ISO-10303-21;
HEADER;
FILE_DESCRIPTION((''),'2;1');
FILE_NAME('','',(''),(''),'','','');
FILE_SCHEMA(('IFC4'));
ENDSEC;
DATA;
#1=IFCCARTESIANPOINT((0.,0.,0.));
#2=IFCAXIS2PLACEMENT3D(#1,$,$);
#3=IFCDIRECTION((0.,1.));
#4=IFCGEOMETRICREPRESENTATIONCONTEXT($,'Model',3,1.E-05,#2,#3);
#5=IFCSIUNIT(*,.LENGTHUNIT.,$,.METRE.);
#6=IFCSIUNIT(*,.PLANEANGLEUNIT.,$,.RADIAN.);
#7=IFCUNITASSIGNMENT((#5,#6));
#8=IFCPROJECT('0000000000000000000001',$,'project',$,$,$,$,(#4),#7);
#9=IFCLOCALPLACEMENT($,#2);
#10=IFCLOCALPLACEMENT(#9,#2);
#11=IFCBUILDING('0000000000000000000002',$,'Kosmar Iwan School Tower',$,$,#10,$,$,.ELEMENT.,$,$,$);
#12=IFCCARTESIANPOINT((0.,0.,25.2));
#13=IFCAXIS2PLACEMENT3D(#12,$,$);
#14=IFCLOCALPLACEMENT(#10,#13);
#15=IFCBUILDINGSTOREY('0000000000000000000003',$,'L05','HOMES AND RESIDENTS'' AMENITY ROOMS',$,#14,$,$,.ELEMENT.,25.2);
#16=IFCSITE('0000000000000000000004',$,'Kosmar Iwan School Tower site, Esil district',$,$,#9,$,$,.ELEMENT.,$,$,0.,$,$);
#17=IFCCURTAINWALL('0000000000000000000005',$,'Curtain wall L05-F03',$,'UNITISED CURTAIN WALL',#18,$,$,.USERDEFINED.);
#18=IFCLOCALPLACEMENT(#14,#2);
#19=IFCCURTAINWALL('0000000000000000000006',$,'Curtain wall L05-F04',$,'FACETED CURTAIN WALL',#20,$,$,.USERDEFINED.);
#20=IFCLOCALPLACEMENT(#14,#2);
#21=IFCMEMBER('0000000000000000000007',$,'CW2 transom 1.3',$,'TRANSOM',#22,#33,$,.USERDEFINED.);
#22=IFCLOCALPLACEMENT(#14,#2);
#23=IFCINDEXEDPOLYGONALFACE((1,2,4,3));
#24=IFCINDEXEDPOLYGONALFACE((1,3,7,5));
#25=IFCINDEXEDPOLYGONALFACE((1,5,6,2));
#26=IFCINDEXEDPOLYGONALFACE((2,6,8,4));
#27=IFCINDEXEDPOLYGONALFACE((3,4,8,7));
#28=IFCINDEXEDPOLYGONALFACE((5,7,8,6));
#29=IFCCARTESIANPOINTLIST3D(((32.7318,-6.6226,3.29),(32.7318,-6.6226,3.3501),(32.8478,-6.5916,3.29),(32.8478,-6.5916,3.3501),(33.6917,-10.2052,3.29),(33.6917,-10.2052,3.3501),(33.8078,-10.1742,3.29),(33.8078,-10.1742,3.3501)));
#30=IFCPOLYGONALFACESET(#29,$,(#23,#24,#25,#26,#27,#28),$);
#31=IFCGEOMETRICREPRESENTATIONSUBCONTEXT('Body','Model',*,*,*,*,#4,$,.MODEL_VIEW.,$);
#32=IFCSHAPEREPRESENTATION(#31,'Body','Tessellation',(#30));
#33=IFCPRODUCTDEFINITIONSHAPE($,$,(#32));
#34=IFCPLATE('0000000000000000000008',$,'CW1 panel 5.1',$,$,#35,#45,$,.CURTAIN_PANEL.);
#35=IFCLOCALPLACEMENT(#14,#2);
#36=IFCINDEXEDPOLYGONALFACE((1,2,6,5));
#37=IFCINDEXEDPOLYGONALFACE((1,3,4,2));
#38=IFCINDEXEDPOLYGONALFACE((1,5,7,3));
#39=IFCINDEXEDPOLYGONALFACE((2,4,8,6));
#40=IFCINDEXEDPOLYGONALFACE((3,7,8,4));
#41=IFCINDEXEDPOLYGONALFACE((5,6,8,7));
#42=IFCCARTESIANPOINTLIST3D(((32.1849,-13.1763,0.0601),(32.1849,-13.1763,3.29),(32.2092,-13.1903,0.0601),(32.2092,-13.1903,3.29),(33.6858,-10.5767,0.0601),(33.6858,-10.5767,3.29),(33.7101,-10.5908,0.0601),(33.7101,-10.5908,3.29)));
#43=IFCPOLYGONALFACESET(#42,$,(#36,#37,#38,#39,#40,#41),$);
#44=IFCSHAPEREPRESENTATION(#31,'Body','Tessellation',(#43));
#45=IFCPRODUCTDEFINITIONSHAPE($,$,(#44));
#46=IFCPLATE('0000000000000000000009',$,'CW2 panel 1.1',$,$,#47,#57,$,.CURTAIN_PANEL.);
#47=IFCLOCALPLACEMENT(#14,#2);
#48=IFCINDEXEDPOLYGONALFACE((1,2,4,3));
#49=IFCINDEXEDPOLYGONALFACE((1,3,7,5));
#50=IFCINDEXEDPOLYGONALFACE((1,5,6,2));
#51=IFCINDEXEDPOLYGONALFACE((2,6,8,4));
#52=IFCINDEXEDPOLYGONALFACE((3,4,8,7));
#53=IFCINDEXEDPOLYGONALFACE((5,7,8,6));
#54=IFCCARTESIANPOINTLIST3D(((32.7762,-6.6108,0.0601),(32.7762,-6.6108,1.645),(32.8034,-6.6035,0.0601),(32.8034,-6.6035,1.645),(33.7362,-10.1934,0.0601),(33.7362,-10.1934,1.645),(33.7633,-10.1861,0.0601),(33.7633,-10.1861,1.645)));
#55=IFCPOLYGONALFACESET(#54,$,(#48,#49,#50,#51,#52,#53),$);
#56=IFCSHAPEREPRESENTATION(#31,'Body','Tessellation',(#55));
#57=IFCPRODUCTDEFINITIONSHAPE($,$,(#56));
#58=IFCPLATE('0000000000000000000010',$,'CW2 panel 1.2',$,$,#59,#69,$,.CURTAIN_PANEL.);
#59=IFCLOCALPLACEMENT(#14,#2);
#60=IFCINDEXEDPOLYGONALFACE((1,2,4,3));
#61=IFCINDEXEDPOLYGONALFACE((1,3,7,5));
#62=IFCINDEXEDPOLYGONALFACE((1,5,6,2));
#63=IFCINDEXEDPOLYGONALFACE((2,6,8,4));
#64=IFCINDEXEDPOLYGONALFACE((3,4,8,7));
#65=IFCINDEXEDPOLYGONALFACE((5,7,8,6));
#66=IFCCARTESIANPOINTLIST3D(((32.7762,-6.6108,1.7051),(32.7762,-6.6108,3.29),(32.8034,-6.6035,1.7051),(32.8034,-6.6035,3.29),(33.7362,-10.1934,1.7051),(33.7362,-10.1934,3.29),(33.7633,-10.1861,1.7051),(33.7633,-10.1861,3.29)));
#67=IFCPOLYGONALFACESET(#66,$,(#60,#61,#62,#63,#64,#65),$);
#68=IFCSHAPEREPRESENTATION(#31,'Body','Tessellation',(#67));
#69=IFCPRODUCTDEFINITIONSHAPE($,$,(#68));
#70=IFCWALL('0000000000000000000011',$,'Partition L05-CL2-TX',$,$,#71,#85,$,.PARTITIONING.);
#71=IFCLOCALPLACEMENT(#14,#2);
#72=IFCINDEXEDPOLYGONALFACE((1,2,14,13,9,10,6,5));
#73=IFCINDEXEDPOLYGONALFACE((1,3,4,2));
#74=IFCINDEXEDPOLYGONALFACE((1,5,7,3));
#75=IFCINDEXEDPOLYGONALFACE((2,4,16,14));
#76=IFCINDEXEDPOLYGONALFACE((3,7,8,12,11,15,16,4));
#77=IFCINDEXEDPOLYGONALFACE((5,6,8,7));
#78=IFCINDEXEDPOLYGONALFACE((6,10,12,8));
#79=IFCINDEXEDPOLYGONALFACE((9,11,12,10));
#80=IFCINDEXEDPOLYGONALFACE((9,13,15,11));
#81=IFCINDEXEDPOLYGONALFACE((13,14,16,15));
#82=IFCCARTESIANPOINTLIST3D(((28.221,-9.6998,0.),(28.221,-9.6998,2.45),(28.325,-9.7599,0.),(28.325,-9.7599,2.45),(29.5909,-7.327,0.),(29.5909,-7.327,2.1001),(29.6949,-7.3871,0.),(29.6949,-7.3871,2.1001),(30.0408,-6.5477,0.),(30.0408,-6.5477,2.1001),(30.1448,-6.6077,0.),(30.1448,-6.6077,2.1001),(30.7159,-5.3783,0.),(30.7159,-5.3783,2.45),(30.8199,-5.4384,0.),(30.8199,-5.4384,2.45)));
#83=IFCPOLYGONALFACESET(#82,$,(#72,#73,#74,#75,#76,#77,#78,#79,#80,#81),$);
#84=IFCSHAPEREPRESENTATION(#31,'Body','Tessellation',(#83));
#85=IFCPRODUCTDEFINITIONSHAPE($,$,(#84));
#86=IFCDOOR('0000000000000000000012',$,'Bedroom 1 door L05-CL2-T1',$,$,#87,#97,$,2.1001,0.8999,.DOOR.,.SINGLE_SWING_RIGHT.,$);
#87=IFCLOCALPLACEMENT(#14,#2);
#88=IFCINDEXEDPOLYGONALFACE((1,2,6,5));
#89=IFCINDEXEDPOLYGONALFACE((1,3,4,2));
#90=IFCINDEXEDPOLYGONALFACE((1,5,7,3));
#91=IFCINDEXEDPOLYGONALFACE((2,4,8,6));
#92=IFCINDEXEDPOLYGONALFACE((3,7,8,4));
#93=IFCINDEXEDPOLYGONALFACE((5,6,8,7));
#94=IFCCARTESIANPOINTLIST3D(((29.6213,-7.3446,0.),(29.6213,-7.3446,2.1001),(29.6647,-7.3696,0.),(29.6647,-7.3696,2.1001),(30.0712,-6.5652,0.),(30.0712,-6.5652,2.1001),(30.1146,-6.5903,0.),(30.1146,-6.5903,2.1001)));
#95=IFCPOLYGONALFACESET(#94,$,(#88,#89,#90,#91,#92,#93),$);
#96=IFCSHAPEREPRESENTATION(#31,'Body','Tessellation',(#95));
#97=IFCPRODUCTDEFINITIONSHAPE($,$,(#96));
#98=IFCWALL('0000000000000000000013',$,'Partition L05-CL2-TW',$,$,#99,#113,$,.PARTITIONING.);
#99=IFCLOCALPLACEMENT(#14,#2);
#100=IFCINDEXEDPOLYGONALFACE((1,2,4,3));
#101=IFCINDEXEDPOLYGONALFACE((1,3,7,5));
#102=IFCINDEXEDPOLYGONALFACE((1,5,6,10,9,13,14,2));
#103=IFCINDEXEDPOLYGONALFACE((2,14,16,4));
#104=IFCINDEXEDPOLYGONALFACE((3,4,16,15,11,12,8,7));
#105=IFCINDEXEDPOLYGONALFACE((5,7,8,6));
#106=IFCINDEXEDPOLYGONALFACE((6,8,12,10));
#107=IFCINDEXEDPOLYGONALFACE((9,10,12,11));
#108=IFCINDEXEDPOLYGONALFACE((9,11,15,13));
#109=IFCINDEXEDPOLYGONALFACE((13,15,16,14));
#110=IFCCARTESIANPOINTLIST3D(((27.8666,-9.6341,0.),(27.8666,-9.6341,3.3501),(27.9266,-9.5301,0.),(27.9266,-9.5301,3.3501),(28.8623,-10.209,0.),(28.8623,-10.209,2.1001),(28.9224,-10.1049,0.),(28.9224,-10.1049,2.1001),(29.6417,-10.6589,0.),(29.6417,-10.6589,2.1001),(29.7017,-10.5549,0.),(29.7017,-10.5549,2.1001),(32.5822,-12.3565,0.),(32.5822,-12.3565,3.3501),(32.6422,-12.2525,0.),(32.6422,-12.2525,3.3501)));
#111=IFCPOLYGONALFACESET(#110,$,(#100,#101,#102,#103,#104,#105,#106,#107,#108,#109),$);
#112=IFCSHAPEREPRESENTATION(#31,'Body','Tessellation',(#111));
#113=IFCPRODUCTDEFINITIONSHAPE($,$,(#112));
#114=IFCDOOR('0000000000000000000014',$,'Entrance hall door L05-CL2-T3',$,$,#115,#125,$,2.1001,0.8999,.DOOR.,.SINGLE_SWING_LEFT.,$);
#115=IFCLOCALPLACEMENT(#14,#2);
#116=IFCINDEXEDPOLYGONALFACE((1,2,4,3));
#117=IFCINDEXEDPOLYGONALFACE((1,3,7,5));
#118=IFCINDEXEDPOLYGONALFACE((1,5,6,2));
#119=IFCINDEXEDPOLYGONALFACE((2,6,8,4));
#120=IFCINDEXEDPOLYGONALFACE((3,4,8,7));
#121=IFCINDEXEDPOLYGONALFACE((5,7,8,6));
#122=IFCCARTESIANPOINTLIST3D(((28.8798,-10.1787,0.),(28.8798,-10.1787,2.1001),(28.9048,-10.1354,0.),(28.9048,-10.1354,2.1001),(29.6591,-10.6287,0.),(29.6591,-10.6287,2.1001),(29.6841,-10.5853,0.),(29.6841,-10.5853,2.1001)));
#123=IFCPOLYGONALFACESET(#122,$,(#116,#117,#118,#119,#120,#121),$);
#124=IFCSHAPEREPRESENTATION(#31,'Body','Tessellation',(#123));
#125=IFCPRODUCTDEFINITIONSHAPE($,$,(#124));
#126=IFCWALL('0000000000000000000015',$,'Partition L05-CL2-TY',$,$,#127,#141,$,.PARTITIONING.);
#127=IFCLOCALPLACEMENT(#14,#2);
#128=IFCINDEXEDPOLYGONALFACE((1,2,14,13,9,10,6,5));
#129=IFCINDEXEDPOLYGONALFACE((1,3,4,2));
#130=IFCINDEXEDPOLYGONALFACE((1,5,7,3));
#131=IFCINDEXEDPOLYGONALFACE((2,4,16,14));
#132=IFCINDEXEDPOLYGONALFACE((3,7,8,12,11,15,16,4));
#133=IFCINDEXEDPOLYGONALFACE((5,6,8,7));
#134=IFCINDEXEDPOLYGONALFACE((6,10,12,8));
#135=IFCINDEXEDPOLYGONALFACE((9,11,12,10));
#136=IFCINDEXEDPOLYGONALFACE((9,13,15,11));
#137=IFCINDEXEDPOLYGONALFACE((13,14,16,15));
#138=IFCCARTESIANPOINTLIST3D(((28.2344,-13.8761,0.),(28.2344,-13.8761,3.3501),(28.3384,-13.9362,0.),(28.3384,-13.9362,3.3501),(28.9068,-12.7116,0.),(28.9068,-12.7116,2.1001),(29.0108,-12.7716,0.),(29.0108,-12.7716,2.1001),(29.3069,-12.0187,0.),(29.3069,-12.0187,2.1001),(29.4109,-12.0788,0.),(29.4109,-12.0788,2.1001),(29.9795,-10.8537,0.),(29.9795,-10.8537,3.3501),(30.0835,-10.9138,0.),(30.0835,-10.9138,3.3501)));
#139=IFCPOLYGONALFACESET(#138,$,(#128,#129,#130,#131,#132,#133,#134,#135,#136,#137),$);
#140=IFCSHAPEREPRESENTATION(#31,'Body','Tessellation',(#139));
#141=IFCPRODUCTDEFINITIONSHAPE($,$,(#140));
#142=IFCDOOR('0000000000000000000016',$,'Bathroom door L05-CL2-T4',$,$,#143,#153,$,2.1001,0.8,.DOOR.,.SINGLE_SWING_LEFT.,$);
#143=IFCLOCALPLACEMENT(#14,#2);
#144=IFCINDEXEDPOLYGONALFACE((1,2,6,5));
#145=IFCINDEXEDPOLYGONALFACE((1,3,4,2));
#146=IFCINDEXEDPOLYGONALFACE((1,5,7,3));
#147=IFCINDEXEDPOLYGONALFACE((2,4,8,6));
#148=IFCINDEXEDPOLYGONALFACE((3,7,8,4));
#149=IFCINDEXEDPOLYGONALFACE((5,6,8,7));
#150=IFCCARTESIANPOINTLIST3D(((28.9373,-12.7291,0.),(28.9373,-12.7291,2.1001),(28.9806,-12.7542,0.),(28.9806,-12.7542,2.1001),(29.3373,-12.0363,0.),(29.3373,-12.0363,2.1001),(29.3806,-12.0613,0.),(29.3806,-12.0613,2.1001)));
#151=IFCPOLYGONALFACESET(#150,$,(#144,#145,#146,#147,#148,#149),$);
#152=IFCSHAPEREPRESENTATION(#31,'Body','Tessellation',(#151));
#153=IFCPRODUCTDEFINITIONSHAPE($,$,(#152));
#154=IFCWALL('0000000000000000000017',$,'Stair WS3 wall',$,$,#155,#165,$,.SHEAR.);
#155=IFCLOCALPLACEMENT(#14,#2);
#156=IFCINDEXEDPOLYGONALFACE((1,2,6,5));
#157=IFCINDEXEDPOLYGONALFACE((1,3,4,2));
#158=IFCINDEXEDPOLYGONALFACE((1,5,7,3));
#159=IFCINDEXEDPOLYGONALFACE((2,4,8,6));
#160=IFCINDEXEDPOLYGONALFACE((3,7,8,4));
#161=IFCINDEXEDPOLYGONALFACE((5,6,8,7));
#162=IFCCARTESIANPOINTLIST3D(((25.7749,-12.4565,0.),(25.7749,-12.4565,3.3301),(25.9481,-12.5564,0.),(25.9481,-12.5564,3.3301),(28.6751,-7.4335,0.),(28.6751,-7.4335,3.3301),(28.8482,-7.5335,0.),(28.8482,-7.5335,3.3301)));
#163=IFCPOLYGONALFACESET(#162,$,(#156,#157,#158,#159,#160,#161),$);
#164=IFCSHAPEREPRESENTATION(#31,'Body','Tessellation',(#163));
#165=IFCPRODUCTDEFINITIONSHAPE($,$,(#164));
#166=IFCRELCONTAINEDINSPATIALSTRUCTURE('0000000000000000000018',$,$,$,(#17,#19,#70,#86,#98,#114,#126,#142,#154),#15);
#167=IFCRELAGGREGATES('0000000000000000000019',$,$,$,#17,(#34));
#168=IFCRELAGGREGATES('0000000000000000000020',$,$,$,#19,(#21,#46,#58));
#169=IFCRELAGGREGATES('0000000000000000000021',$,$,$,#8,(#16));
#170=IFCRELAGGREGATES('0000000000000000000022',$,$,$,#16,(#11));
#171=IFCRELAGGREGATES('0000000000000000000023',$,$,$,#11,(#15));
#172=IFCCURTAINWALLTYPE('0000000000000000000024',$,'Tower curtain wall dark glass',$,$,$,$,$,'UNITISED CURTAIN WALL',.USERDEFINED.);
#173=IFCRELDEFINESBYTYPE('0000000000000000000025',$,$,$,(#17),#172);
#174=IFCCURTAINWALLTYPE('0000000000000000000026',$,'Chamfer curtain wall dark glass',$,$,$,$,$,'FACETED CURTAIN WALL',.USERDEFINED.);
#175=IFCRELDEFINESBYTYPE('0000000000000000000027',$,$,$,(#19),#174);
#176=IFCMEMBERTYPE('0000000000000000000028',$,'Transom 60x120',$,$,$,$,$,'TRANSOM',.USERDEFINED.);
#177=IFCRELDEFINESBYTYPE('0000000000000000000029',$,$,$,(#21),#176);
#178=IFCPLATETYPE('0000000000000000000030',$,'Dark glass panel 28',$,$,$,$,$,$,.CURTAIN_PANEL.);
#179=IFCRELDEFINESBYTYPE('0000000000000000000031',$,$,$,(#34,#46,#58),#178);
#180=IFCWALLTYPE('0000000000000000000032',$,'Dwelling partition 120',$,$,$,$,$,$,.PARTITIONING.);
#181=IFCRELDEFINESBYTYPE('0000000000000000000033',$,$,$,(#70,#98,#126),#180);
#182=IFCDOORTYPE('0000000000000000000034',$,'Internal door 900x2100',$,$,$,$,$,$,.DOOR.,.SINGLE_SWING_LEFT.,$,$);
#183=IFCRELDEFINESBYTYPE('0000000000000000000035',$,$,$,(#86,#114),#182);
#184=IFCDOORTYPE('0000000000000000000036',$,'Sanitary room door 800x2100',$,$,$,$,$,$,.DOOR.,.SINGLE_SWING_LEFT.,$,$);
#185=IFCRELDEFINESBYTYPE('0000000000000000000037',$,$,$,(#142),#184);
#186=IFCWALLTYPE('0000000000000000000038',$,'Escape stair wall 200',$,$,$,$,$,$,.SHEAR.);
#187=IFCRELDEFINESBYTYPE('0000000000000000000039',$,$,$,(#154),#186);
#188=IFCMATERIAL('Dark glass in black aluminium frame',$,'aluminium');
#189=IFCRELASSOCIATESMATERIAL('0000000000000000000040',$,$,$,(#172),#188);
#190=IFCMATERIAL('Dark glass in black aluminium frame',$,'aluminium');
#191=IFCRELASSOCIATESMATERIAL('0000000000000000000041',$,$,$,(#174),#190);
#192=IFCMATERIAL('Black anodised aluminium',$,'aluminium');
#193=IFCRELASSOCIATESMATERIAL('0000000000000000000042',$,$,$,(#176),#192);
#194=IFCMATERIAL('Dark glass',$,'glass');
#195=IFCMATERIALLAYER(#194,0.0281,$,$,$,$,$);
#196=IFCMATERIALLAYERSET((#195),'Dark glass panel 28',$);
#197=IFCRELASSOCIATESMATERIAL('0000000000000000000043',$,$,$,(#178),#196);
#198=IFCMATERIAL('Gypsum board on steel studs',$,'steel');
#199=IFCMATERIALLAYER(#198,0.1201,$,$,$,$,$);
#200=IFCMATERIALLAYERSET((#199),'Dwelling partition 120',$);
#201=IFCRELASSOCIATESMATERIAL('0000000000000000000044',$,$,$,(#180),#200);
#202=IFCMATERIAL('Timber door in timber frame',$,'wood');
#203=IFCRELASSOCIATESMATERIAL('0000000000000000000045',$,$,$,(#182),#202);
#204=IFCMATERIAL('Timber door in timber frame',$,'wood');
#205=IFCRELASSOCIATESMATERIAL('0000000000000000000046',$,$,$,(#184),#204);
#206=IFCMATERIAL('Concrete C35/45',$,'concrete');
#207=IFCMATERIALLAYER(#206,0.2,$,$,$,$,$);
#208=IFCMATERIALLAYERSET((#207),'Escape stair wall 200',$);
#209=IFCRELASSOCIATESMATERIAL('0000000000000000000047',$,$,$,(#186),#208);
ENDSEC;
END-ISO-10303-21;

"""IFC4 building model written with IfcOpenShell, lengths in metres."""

from ifc_helpers import new_model, si_unit, direction, frame, frame_2d, origin, origin_2d, place, context, subcontext, project, spatial, rectangle, extrude, material, layer, layer_set, material_profile, profile_set, type_object, element, fill, aggregate, save


model = new_model("IFC4")

# Units and contexts
model_context = context("Model", 3, precision=1e-05, world=origin(), true_north=direction((0.0, 1.0)))
body_context = subcontext(model_context, "Body", "Model", "MODEL_VIEW")
ifc_project = project(units=[si_unit("LENGTHUNIT", "METRE"), si_unit("PLANEANGLEUNIT", "RADIAN")], contexts=[model_context])

# Site, building, storey
site_placement = place(None, origin())
site = spatial("IfcSite", under=ifc_project, at=site_placement, Name="Kosmar Iwan School Tower site, Esil district", CompositionType="ELEMENT", RefElevation=0.0)
building_placement = place(site_placement, origin())
building = spatial("IfcBuilding", under=site, at=building_placement, Name="Kosmar Iwan School Tower", CompositionType="ELEMENT")
storey_placement = place(building_placement, frame((0.0, 0.0, 25.2)))
storey = spatial("IfcBuildingStorey", under=building, at=storey_placement, Name="L05", Description="HOMES AND RESIDENTS' AMENITY ROOMS", CompositionType="ELEMENT", Elevation=25.2)

# Curtain walls
ifc_material_1 = material(Name="Dark glass in black aluminium frame", Category="aluminium")
curtain_wall_type_1 = type_object("IfcCurtainWallType", Name="Tower curtain wall dark glass", ElementType="UNITISED CURTAIN WALL", PredefinedType="USERDEFINED", material=ifc_material_1)
curtain_wall_1_placement = place(storey_placement, origin())
curtain_wall_1 = element("IfcCurtainWall", 1, at=curtain_wall_1_placement, inside=storey, type_object=curtain_wall_type_1, Name="Curtain wall L05-F03", ObjectType="UNITISED CURTAIN WALL", PredefinedType="USERDEFINED")
ifc_material_2 = material(Name="Dark glass in black aluminium frame", Category="aluminium")
curtain_wall_type_2 = type_object("IfcCurtainWallType", Name="Chamfer curtain wall dark glass", ElementType="FACETED CURTAIN WALL", PredefinedType="USERDEFINED", material=ifc_material_2)
curtain_wall_2_placement = place(storey_placement, origin())
curtain_wall_2 = element("IfcCurtainWall", 2, at=curtain_wall_2_placement, inside=storey, type_object=curtain_wall_type_2, Name="Curtain wall L05-F04", ObjectType="FACETED CURTAIN WALL", PredefinedType="USERDEFINED")

# Member
ifc_material_3 = material(Name="Black anodised aluminium", Category="aluminium")
ifc_material_profile_1 = material_profile(ifc_material_3, rectangle(XDim=0.1201, YDim=0.0601, at=origin_2d()), Name="TRANSOM 60x120")
ifc_profile_set_1 = profile_set([ifc_material_profile_1], Name="Black anodised aluminium")
member_type_1 = type_object("IfcMemberType", Name="Transom 60x120", ElementType="TRANSOM", PredefinedType="USERDEFINED", material=ifc_profile_set_1)
member_1_placement = place(storey_placement, frame((33.7498, -10.1897, 3.3201), z_axis=(-0.258826, 0.965924, 0.0), x_axis=(-0.965924, -0.258826, 0.0)))
member_1 = element("IfcMember", 3, at=member_1_placement, type_object=member_type_1, Name="CW2 transom 1.3", ObjectType="TRANSOM", PredefinedType="USERDEFINED", context=body_context, shape_type="SweptSolid", body=[
    extrude(rectangle(XDim=0.1201, YDim=0.0601, at=origin_2d()), origin(), (0.0, 0.0, 1.0), 3.709),
])

# Plates
ifc_material_4 = material(Name="Dark glass", Category="glass")
ifc_layer_1 = layer(ifc_material_4, 0.0281)
ifc_layer_set_1 = layer_set([ifc_layer_1], Name="Dark glass panel 28")
plate_type = type_object("IfcPlateType", Name="Dark glass panel 28", PredefinedType="CURTAIN_PANEL", material=ifc_layer_set_1)
plate_1_placement = place(storey_placement, frame((32.9475, -11.8835, 0.0601), z_axis=(0.0, 0.0, 1.0), x_axis=(0.5, 0.866025, 0.0)))
plate_1 = element("IfcPlate", 4, at=plate_1_placement, type_object=plate_type, Name="CW1 panel 5.1", PredefinedType="CURTAIN_PANEL", context=body_context, shape_type="SweptSolid", body=[
    extrude(rectangle(XDim=3.0017, YDim=0.0281, at=origin_2d()), origin(), (0.0, 0.0, 1.0), 3.23),
])
aggregate(curtain_wall_1, [plate_1])
plate_2_placement = place(storey_placement, frame((33.2698, -8.3984, 0.0601), z_axis=(0.0, 0.0, 1.0), x_axis=(-0.258819, 0.965926, 0.0)))
plate_2 = element("IfcPlate", 5, at=plate_2_placement, type_object=plate_type, Name="CW2 panel 1.1", PredefinedType="CURTAIN_PANEL", context=body_context, shape_type="SweptSolid", body=[
    extrude(rectangle(XDim=3.709, YDim=0.0281, at=origin_2d()), origin(), (0.0, 0.0, 1.0), 1.585),
])
plate_3_placement = place(storey_placement, frame((33.2698, -8.3984, 1.7051), z_axis=(0.0, 0.0, 1.0), x_axis=(-0.258819, 0.965926, 0.0)))
plate_3 = element("IfcPlate", 6, at=plate_3_placement, type_object=plate_type, Name="CW2 panel 1.2", PredefinedType="CURTAIN_PANEL", context=body_context, shape_type="SweptSolid", body=[
    extrude(rectangle(XDim=3.709, YDim=0.0281, at=origin_2d()), origin(), (0.0, 0.0, 1.0), 1.585),
])
aggregate(curtain_wall_2, [member_1, plate_2, plate_3])

# Walls, openings, doors
ifc_material_5 = material(Name="Gypsum board on steel studs", Category="steel")
ifc_layer_2 = layer(ifc_material_5, 0.1201)
ifc_layer_set_2 = layer_set([ifc_layer_2], Name="Dwelling partition 120")
wall_type_1 = type_object("IfcWallType", Name="Dwelling partition 120", PredefinedType="PARTITIONING", material=ifc_layer_set_2)
wall_1_placement = place(storey_placement, frame((28.2729, -9.73, 0.0), z_axis=(0.0, 0.0, 1.0), x_axis=(0.499975, 0.86604, 0.0)))
wall_1 = element("IfcWall", 7, at=wall_1_placement, inside=storey, type_object=wall_type_1, Name="Partition L05-CL2-TX", PredefinedType="PARTITIONING", context=body_context, shape_type="SweptSolid", body=[
    extrude(rectangle(XDim=4.99, YDim=0.1201, at=frame_2d((2.4951, 0.0))), origin(), (0.0, 0.0, 1.0), 2.45),
])
opening_1_placement = place(wall_1_placement, frame((2.74, 0.0, 0.0)))
opening_1 = element("IfcOpeningElement", 8, at=opening_1_placement, cuts=wall_1, PredefinedType="OPENING", context=body_context, shape_type="SweptSolid", body=[
    extrude(rectangle(XDim=0.8999, YDim=2.1001, at=frame_2d((0.45, 1.05))), frame((0.0, 0.072, 0.0), z_axis=(0.0, -1.0, 0.0), x_axis=(1.0, 0.0, 0.0)), (0.0, 0.0, 1.0), 0.144),
])
ifc_material_6 = material(Name="Timber door in timber frame", Category="wood")
door_type_1 = type_object("IfcDoorType", Name="Internal door 900x2100", OperationType="SINGLE_SWING_LEFT", PredefinedType="DOOR", material=ifc_material_6)
door_1_placement = place(opening_1_placement, origin())
door_1 = element("IfcDoor", 9, at=door_1_placement, inside=storey, type_object=door_type_1, Name="Bedroom 1 door L05-CL2-T1", OperationType="SINGLE_SWING_RIGHT", OverallHeight=2.1001, OverallWidth=0.8999, PredefinedType="DOOR", context=body_context, shape_type="SweptSolid", body=[
    extrude(rectangle(XDim=0.8999, YDim=2.1001, at=frame_2d((0.45, 1.05))), frame((0.0, 0.0249, 0.0), z_axis=(0.0, -1.0, 0.0), x_axis=(1.0, 0.0, 0.0)), (0.0, 0.0, 1.0), 0.05),
])
fill(opening_1, door_1)
wall_2_placement = place(storey_placement, frame((27.8965, -9.582, 0.0), z_axis=(0.0, 0.0, 1.0), x_axis=(0.866036, -0.499982, 0.0)))
wall_2 = element("IfcWall", 10, at=wall_2_placement, inside=storey, type_object=wall_type_1, Name="Partition L05-CL2-TW", PredefinedType="PARTITIONING", context=body_context, shape_type="SweptSolid", body=[
    extrude(rectangle(XDim=5.4451, YDim=0.1201, at=frame_2d((2.7227, 0.0))), origin(), (0.0, 0.0, 1.0), 3.3501),
])
opening_2_placement = place(wall_2_placement, frame((1.1499, 0.0, 0.0)))
opening_2 = element("IfcOpeningElement", 11, at=opening_2_placement, cuts=wall_2, PredefinedType="OPENING", context=body_context, shape_type="SweptSolid", body=[
    extrude(rectangle(XDim=0.8999, YDim=2.1001, at=frame_2d((0.45, 1.05))), frame((0.0, 0.072, 0.0), z_axis=(0.0, -1.0, 0.0), x_axis=(1.0, 0.0, 0.0)), (0.0, 0.0, 1.0), 0.144),
])
door_2_placement = place(opening_2_placement, origin())
door_2 = element("IfcDoor", 12, at=door_2_placement, inside=storey, type_object=door_type_1, Name="Entrance hall door L05-CL2-T3", OperationType="SINGLE_SWING_LEFT", OverallHeight=2.1001, OverallWidth=0.8999, PredefinedType="DOOR", context=body_context, shape_type="SweptSolid", body=[
    extrude(rectangle(XDim=0.8999, YDim=2.1001, at=frame_2d((0.45, 1.05))), frame((0.0, 0.0249, 0.0), z_axis=(0.0, -1.0, 0.0), x_axis=(1.0, 0.0, 0.0)), (0.0, 0.0, 1.0), 0.05),
])
fill(opening_2, door_2)
wall_3_placement = place(storey_placement, frame((28.2864, -13.9062, 0.0), z_axis=(0.0, 0.0, 1.0), x_axis=(0.500021, 0.866013, 0.0)))
wall_3 = element("IfcWall", 13, at=wall_3_placement, inside=storey, type_object=wall_type_1, Name="Partition L05-CL2-TY", PredefinedType="PARTITIONING", context=body_context, shape_type="SweptSolid", body=[
    extrude(rectangle(XDim=3.49, YDim=0.1201, at=frame_2d((1.7451, 0.0))), origin(), (0.0, 0.0, 1.0), 3.3501),
])
opening_3_placement = place(wall_3_placement, frame((1.345, 0.0, 0.0)))
opening_3 = element("IfcOpeningElement", 14, at=opening_3_placement, cuts=wall_3, PredefinedType="OPENING", context=body_context, shape_type="SweptSolid", body=[
    extrude(rectangle(XDim=0.8, YDim=2.1001, at=frame_2d((0.3999, 1.05))), frame((0.0, 0.072, 0.0), z_axis=(0.0, -1.0, 0.0), x_axis=(1.0, 0.0, 0.0)), (0.0, 0.0, 1.0), 0.144),
])
ifc_material_7 = material(Name="Timber door in timber frame", Category="wood")
door_type_2 = type_object("IfcDoorType", Name="Sanitary room door 800x2100", OperationType="SINGLE_SWING_LEFT", PredefinedType="DOOR", material=ifc_material_7)
door_3_placement = place(opening_3_placement, origin())
door_3 = element("IfcDoor", 15, at=door_3_placement, inside=storey, type_object=door_type_2, Name="Bathroom door L05-CL2-T4", OperationType="SINGLE_SWING_LEFT", OverallHeight=2.1001, OverallWidth=0.8, PredefinedType="DOOR", context=body_context, shape_type="SweptSolid", body=[
    extrude(rectangle(XDim=0.8, YDim=2.1001, at=frame_2d((0.3999, 1.05))), frame((0.0, 0.0249, 0.0), z_axis=(0.0, -1.0, 0.0), x_axis=(1.0, 0.0, 0.0)), (0.0, 0.0, 1.0), 0.05),
])
fill(opening_3, door_3)

# Wall
ifc_material_8 = material(Name="Concrete C35/45", Category="concrete")
ifc_layer_3 = layer(ifc_material_8, 0.2)
ifc_layer_set_3 = layer_set([ifc_layer_3], Name="Escape stair wall 200")
wall_type_2 = type_object("IfcWallType", Name="Escape stair wall 200", PredefinedType="SHEAR", material=ifc_layer_set_3)
wall_4_placement = place(storey_placement, frame((25.8616, -12.5063, 0.0), z_axis=(0.0, 0.0, 1.0), x_axis=(0.500019, 0.866015, 0.0)))
element("IfcWall", 16, at=wall_4_placement, inside=storey, type_object=wall_type_2, Name="Stair WS3 wall", PredefinedType="SHEAR", context=body_context, shape_type="SweptSolid", body=[
    extrude(rectangle(XDim=5.8, YDim=0.2, at=frame_2d((2.8999, 0.0))), origin(), (0.0, 0.0, 1.0), 3.3301),
])

save(model, "model.ifc")
